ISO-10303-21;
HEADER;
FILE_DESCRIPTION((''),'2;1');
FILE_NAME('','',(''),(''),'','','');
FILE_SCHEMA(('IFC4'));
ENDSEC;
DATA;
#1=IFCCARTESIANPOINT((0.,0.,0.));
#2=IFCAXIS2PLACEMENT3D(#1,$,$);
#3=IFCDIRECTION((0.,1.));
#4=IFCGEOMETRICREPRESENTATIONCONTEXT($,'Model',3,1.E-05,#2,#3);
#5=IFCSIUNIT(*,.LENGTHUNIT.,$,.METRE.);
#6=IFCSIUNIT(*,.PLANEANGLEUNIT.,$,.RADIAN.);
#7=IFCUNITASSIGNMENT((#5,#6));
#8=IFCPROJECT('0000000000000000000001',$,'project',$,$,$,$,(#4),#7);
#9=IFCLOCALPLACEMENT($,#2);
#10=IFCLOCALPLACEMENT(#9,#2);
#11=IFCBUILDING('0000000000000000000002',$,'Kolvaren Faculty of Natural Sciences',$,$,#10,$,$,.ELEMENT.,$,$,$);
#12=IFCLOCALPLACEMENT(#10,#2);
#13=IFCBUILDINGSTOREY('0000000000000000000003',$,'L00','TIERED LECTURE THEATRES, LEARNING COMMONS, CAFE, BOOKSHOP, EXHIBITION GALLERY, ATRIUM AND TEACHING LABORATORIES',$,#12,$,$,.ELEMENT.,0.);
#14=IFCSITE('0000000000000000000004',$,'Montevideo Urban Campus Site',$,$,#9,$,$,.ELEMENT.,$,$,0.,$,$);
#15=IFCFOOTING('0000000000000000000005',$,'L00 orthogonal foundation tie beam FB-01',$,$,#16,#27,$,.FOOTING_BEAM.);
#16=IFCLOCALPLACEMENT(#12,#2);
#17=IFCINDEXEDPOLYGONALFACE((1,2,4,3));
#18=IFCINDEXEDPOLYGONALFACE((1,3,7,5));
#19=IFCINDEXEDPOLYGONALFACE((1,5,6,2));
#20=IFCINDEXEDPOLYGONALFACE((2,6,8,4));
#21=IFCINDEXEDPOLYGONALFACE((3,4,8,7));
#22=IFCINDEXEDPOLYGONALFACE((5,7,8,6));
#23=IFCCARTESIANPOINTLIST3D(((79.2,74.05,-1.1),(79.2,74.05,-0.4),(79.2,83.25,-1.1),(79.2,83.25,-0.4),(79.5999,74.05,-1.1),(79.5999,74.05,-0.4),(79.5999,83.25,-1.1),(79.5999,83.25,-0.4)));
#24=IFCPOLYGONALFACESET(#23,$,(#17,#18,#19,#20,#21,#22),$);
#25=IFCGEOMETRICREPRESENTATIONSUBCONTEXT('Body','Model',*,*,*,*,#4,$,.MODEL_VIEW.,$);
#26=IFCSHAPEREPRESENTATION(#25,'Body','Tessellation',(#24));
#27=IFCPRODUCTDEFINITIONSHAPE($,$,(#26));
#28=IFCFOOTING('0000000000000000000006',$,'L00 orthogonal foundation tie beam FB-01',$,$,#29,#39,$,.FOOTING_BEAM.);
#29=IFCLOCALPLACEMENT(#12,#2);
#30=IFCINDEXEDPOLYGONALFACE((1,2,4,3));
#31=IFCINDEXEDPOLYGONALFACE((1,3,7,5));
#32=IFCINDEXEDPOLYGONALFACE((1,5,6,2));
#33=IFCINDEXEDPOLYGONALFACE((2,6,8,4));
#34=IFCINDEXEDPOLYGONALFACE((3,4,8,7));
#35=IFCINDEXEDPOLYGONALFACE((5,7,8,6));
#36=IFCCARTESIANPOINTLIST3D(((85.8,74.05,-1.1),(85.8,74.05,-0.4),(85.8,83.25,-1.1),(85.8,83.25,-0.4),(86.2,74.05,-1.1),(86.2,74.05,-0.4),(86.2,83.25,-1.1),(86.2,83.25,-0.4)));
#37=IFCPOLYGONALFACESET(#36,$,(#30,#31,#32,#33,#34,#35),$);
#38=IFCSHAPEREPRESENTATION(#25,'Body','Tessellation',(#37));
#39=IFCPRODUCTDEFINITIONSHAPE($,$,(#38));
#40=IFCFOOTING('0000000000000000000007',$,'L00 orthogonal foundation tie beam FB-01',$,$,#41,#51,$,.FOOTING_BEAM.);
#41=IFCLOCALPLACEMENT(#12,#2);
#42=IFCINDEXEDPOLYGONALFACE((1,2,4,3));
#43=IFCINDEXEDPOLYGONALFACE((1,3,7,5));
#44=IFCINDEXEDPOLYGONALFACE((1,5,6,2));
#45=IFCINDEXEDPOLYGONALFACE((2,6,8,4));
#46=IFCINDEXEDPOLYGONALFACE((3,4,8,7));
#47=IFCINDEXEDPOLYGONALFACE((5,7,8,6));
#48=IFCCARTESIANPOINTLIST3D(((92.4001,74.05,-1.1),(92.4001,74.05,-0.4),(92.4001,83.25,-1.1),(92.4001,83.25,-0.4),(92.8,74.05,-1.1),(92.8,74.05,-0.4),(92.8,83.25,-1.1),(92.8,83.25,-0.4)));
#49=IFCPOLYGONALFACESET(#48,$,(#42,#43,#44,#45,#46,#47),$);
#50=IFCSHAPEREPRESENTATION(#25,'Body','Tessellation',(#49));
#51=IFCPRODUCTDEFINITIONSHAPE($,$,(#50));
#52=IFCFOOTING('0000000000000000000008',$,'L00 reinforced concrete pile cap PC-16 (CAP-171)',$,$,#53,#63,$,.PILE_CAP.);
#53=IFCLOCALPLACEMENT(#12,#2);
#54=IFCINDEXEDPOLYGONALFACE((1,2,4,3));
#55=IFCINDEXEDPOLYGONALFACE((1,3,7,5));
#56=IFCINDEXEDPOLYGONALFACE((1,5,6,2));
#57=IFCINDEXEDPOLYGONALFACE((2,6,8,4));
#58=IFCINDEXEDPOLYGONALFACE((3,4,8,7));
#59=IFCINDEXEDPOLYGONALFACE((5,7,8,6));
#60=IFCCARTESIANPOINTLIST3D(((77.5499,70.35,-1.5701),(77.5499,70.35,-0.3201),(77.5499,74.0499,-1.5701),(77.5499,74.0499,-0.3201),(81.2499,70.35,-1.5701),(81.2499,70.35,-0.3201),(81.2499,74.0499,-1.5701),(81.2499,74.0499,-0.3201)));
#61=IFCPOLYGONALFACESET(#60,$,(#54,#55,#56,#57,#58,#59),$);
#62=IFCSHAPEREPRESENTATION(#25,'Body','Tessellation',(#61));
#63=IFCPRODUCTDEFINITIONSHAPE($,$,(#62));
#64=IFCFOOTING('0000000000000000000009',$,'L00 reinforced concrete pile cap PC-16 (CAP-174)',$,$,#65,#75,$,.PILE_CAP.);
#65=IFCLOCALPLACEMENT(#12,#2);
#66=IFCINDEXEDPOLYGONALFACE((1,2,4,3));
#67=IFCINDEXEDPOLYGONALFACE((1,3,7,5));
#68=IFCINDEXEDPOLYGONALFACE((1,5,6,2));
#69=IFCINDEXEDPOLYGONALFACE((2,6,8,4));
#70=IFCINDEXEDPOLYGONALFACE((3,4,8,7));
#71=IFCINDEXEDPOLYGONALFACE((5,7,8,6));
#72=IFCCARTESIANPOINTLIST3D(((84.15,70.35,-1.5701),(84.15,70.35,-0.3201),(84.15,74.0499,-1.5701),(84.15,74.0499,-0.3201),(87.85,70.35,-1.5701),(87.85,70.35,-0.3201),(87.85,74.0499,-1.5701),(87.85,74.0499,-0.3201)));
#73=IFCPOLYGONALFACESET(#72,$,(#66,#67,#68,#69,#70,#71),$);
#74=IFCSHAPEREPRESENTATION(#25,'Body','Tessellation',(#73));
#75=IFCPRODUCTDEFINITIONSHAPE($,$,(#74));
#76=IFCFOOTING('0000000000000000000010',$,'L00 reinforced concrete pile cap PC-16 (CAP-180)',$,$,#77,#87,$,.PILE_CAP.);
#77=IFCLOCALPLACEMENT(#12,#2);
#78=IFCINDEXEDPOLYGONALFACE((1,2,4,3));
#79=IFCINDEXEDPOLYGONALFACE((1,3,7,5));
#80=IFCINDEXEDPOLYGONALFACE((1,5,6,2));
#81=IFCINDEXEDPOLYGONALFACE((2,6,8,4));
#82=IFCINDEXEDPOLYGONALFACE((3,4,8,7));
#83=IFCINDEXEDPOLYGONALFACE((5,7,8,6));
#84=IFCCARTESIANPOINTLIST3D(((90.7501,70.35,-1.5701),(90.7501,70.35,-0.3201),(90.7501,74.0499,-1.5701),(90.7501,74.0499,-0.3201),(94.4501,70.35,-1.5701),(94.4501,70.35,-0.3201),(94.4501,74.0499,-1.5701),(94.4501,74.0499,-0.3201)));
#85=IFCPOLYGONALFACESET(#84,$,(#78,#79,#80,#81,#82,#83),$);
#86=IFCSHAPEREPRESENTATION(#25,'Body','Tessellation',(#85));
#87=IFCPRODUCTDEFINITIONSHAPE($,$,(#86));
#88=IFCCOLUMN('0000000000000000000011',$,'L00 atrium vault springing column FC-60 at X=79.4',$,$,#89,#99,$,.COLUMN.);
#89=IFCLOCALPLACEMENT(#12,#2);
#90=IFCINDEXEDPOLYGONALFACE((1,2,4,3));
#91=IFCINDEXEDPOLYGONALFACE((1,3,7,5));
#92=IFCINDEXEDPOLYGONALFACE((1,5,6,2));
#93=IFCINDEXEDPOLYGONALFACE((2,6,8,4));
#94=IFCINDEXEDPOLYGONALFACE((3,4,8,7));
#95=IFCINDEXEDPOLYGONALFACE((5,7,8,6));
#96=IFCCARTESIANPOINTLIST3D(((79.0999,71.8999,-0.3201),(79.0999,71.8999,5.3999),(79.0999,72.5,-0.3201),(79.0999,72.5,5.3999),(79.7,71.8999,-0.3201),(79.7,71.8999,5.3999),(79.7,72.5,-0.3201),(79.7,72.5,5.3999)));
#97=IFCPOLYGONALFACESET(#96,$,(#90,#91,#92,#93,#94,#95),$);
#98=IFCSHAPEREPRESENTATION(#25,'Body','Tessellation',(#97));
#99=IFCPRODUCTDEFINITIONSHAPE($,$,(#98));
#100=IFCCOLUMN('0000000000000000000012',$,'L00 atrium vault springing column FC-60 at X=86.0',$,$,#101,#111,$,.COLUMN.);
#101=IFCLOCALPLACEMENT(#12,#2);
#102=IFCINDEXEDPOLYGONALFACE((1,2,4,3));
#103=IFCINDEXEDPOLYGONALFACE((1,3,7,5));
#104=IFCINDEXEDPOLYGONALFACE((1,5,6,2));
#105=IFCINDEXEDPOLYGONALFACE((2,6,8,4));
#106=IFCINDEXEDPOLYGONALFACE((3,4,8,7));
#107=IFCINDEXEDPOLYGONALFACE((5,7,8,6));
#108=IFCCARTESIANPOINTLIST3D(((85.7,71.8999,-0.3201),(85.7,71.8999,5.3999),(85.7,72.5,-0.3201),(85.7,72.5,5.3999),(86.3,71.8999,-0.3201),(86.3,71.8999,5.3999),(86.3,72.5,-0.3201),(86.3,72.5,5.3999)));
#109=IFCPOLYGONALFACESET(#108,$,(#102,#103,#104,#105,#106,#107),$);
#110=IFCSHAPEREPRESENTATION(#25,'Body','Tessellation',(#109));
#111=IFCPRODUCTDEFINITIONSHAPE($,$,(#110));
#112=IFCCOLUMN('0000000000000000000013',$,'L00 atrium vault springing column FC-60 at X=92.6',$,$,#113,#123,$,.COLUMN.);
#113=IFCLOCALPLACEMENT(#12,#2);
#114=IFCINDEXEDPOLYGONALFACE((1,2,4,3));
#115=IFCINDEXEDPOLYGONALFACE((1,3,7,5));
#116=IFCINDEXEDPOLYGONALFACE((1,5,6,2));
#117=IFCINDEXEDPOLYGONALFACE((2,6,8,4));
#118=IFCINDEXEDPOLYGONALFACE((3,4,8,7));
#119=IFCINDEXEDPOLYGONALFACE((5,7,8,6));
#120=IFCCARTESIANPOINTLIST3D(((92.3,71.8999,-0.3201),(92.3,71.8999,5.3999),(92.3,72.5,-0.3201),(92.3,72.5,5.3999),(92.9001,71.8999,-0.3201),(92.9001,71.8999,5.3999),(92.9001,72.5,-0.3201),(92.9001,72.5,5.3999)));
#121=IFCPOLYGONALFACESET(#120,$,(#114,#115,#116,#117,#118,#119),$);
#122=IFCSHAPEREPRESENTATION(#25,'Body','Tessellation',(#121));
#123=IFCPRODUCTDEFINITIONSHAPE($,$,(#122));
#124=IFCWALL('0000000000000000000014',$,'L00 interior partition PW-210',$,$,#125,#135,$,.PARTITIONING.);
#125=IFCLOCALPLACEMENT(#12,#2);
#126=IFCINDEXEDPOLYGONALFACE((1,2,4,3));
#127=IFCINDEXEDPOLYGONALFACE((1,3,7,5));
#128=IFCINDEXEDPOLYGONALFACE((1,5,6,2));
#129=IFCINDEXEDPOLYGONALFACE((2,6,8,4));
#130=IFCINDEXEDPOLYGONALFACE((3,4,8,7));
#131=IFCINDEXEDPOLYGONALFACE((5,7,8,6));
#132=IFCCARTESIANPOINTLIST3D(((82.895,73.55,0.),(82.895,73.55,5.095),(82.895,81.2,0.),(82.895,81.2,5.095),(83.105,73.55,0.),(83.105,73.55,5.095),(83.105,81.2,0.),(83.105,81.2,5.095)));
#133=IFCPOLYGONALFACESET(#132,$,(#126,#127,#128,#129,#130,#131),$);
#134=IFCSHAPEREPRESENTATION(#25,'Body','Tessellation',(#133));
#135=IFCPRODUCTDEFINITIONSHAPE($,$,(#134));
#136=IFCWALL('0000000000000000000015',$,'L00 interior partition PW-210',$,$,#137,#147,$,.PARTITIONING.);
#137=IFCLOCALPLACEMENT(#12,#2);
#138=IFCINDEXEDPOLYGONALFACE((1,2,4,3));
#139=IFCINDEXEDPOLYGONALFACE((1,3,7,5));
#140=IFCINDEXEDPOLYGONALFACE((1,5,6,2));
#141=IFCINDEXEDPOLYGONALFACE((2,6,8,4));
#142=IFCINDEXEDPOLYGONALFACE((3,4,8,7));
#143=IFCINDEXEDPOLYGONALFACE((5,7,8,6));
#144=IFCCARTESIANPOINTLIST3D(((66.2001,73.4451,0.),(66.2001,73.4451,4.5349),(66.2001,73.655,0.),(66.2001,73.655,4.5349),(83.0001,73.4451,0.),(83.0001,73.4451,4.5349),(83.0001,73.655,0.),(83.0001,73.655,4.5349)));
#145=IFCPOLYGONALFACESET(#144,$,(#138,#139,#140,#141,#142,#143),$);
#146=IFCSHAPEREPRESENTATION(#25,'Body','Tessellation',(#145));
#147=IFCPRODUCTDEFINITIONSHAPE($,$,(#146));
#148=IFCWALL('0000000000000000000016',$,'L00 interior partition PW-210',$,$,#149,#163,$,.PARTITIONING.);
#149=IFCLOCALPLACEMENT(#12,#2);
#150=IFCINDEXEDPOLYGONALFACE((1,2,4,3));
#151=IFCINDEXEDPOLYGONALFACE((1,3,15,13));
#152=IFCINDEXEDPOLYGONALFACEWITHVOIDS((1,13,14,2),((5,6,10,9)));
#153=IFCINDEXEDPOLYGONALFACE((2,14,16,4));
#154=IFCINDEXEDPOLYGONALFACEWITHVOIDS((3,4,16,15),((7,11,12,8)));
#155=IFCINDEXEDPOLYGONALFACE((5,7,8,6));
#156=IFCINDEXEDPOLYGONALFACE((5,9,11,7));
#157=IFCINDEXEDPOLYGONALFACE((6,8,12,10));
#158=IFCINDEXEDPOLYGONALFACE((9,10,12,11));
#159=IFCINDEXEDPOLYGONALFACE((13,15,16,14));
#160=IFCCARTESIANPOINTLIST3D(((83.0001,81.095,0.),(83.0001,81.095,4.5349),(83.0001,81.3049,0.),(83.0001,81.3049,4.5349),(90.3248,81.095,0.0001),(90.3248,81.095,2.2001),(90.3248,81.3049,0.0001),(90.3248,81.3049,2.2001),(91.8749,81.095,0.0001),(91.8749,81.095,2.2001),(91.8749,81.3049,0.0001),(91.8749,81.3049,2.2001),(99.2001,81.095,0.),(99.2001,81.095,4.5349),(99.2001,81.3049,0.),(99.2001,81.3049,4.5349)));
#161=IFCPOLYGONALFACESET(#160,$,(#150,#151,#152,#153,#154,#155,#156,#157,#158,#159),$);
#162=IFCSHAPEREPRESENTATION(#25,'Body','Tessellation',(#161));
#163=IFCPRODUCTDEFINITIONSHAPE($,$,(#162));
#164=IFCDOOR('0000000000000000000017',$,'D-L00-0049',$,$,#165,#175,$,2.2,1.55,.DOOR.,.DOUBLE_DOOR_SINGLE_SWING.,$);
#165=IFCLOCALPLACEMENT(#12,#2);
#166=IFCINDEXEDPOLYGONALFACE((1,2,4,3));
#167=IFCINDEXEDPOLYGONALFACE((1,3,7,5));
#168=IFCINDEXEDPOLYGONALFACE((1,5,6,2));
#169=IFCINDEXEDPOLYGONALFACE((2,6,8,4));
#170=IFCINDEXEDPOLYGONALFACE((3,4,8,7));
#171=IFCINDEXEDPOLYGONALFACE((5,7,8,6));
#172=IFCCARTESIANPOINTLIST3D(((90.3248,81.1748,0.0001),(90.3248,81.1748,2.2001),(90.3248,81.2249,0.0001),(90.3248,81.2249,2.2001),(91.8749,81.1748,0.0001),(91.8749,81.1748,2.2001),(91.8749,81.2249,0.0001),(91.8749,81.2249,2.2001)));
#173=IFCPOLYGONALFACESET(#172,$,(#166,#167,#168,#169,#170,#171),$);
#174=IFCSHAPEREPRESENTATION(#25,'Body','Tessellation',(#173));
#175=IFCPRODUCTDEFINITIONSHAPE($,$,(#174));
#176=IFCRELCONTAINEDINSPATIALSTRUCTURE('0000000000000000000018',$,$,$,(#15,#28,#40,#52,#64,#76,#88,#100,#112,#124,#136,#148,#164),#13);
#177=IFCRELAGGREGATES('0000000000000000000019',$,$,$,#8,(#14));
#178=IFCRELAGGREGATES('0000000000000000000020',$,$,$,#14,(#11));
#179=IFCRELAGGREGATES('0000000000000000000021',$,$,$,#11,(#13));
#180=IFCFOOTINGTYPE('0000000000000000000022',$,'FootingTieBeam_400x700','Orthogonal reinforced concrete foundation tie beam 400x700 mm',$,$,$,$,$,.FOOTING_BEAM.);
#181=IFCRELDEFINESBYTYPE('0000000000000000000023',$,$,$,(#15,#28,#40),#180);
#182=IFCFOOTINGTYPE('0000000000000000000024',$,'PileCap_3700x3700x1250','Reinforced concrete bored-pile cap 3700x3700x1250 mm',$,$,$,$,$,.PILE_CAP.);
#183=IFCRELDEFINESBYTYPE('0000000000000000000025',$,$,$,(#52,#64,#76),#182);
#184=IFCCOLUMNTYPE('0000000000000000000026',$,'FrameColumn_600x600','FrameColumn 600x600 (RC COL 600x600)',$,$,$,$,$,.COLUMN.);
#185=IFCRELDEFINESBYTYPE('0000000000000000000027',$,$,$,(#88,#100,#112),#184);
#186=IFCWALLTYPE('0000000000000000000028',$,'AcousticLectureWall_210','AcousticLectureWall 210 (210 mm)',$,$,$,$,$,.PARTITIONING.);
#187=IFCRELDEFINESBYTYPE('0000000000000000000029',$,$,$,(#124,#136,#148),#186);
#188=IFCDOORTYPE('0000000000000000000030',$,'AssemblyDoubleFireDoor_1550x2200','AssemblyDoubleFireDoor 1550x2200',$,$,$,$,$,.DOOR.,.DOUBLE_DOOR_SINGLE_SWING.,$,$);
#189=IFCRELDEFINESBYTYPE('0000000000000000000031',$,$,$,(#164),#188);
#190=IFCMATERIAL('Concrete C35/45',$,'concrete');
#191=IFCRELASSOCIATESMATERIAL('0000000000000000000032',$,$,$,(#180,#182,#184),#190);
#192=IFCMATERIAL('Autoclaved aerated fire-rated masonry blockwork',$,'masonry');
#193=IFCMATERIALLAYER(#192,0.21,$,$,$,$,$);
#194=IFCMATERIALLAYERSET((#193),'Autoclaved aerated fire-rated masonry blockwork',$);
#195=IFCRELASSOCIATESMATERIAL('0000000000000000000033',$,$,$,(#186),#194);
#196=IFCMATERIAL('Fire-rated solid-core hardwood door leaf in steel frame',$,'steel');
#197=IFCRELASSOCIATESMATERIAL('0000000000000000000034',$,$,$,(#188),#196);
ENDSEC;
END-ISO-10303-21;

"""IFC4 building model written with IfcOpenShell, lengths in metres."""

from ifc_helpers import new_model, si_unit, direction, frame, frame_2d, origin, origin_2d, place, context, subcontext, project, spatial, rectangle, extrude, material, layer, layer_set, material_profile, profile_set, type_object, element, fill, save


model = new_model("IFC4")

# Units and contexts
model_context = context("Model", 3, precision=1e-05, world=origin(), true_north=direction((0.0, 1.0)))
body_context = subcontext(model_context, "Body", "Model", "MODEL_VIEW")
ifc_project = project(units=[si_unit("LENGTHUNIT", "METRE"), si_unit("PLANEANGLEUNIT", "RADIAN")], contexts=[model_context])

# Site, building, storey
site_placement = place(None, origin())
site = spatial("IfcSite", under=ifc_project, at=site_placement, Name="Montevideo Urban Campus Site", CompositionType="ELEMENT", RefElevation=0.0)
building_placement = place(site_placement, origin())
building = spatial("IfcBuilding", under=site, at=building_placement, Name="Kolvaren Faculty of Natural Sciences", CompositionType="ELEMENT")
storey_placement = place(building_placement, origin())
storey = spatial("IfcBuildingStorey", under=building, at=storey_placement, Name="L00", Description="TIERED LECTURE THEATRES, LEARNING COMMONS, CAFE, BOOKSHOP, EXHIBITION GALLERY, ATRIUM AND TEACHING LABORATORIES", CompositionType="ELEMENT", Elevation=0.0)

# Shared definitions
ifc_material_1 = material(Name="Concrete C35/45", Category="concrete")

# Footings
ifc_material_profile_1 = material_profile(ifc_material_1, rectangle(XDim=0.3999, YDim=0.7, at=origin_2d()), Name="RC FB 400x700")
ifc_profile_set_1 = profile_set([ifc_material_profile_1], Name="Concrete C35/45")
footing_type_1 = type_object("IfcFootingType", Name="FootingTieBeam_400x700", Description="Orthogonal reinforced concrete foundation tie beam 400x700 mm", PredefinedType="FOOTING_BEAM", material=ifc_profile_set_1)
for number, where, z_axis, x_axis, name in (
    (1, (79.3999, 74.05, -0.75), (0.0, 1.0, 0.0), (-1.0, 0.0, 0.0), "L00 orthogonal foundation tie beam FB-01"),
    (2, (86.0, 74.05, -0.75), (0.0, 1.0, 0.0), (-1.0, 0.0, 0.0), "L00 orthogonal foundation tie beam FB-01"),
    (3, (92.6001, 74.05, -0.75), (0.0, 1.0, 0.0), (-1.0, 0.0, 0.0), "L00 orthogonal foundation tie beam FB-01"),
):
    element("IfcFooting", number, at=place(storey_placement, frame(where, z_axis=z_axis, x_axis=x_axis)), inside=storey, type_object=footing_type_1, Name=name, PredefinedType="FOOTING_BEAM", context=body_context, shape_type="SweptSolid", body=[
        extrude(rectangle(XDim=0.3999, YDim=0.7, at=origin_2d()), origin(), (0.0, 0.0, 1.0), 9.2),
    ])
footing_type_2 = type_object("IfcFootingType", Name="PileCap_3700x3700x1250", Description="Reinforced concrete bored-pile cap 3700x3700x1250 mm", PredefinedType="PILE_CAP", material=ifc_material_1)
for number, where, z_axis, x_axis, name in (
    (4, (79.3999, 72.2, -1.5701), (0.0, 0.0, 1.0), (1.0, 0.0, 0.0), "L00 reinforced concrete pile cap PC-16 (CAP-171)"),
    (5, (86.0, 72.2, -1.5701), (0.0, 0.0, 1.0), (1.0, 0.0, 0.0), "L00 reinforced concrete pile cap PC-16 (CAP-174)"),
    (6, (92.6001, 72.2, -1.5701), (0.0, 0.0, 1.0), (1.0, 0.0, 0.0), "L00 reinforced concrete pile cap PC-16 (CAP-180)"),
):
    element("IfcFooting", number, at=place(storey_placement, frame(where, z_axis=z_axis, x_axis=x_axis)), inside=storey, type_object=footing_type_2, Name=name, PredefinedType="PILE_CAP", context=body_context, shape_type="SweptSolid", body=[
        extrude(rectangle(XDim=3.7, YDim=3.7, at=origin_2d()), origin(), (0.0, 0.0, 1.0), 1.25),
    ])

# Columns
ifc_material_profile_2 = material_profile(ifc_material_1, rectangle(XDim=0.6001, YDim=0.6001, at=origin_2d()), Name="RC COL 600x600")
ifc_profile_set_2 = profile_set([ifc_material_profile_2], Name="Concrete C35/45")
column_type = type_object("IfcColumnType", Name="FrameColumn_600x600", Description="FrameColumn 600x600 (RC COL 600x600)", PredefinedType="COLUMN", material=ifc_profile_set_2)
for number, where, z_axis, x_axis, name in (
    (7, (79.3999, 72.2, -0.3201), (0.0, 0.0, 1.0), (1.0, 0.0, 0.0), "L00 atrium vault springing column FC-60 at X=79.4"),
    (8, (86.0, 72.2, -0.3201), (0.0, 0.0, 1.0), (1.0, 0.0, 0.0), "L00 atrium vault springing column FC-60 at X=86.0"),
    (9, (92.6001, 72.2, -0.3201), (0.0, 0.0, 1.0), (1.0, 0.0, 0.0), "L00 atrium vault springing column FC-60 at X=92.6"),
):
    element("IfcColumn", number, at=place(storey_placement, frame(where, z_axis=z_axis, x_axis=x_axis)), inside=storey, type_object=column_type, Name=name, PredefinedType="COLUMN", context=body_context, shape_type="SweptSolid", body=[
        extrude(rectangle(XDim=0.6001, YDim=0.6001, at=origin_2d()), origin(), (0.0, 0.0, 1.0), 5.72),
    ])

# Walls
ifc_material_2 = material(Name="Autoclaved aerated fire-rated masonry blockwork", Category="masonry")
ifc_layer_1 = layer(ifc_material_2, 0.21)
ifc_layer_set_1 = layer_set([ifc_layer_1], Name="Autoclaved aerated fire-rated masonry blockwork")
wall_type_1 = type_object("IfcWallType", Name="AcousticLectureWall_210", Description="AcousticLectureWall 210 (210 mm)", PredefinedType="PARTITIONING", material=ifc_layer_set_1)
wall_1_placement = place(storey_placement, frame((83.0, 81.2, 0.0), z_axis=(0.0, 0.0, 1.0), x_axis=(0.0, -1.0, 0.0)))
element("IfcWall", 10, at=wall_1_placement, inside=storey, type_object=wall_type_1, Name="L00 interior partition PW-210", PredefinedType="PARTITIONING", context=body_context, shape_type="SweptSolid", body=[
    extrude(rectangle(XDim=7.6499, YDim=0.21, at=frame_2d((3.825, 0.0))), origin(), (0.0, 0.0, 1.0), 5.095),
])
wall_2_placement = place(storey_placement, frame((83.0, 73.55, 0.0), z_axis=(0.0, 0.0, 1.0), x_axis=(-1.0, 0.0, 0.0)))
element("IfcWall", 11, at=wall_2_placement, inside=storey, type_object=wall_type_1, Name="L00 interior partition PW-210", PredefinedType="PARTITIONING", context=body_context, shape_type="SweptSolid", body=[
    extrude(rectangle(XDim=16.8, YDim=0.21, at=frame_2d((8.3999, 0.0))), origin(), (0.0, 0.0, 1.0), 4.5349),
])

# Wall, opening, door
wall_3_placement = place(storey_placement, frame((83.0, 81.2, 0.0), z_axis=(0.0, 0.0, 1.0), x_axis=(1.0, 0.0, 0.0)))
wall_3 = element("IfcWall", 12, at=wall_3_placement, inside=storey, type_object=wall_type_1, Name="L00 interior partition PW-210", PredefinedType="PARTITIONING", context=body_context, shape_type="SweptSolid", body=[
    extrude(rectangle(XDim=16.2, YDim=0.21, at=frame_2d((8.1001, 0.0))), origin(), (0.0, 0.0, 1.0), 4.5349),
])
opening_1_placement = place(wall_3_placement, frame((7.325, 0.0, 0.0)))
opening_1 = element("IfcOpeningElement", 13, at=opening_1_placement, cuts=wall_3, PredefinedType="OPENING", context=body_context, shape_type="SweptSolid", body=[
    extrude(rectangle(XDim=1.55, YDim=2.2, at=frame_2d((0.7749, 1.1001))), frame((0.0, 0.115, 0.0), z_axis=(0.0, -1.0, 0.0), x_axis=(1.0, 0.0, 0.0)), (0.0, 0.0, 1.0), 0.23),
])
ifc_material_3 = material(Name="Fire-rated solid-core hardwood door leaf in steel frame", Category="steel")
door_type_1 = type_object("IfcDoorType", Name="AssemblyDoubleFireDoor_1550x2200", Description="AssemblyDoubleFireDoor 1550x2200", OperationType="DOUBLE_DOOR_SINGLE_SWING", PredefinedType="DOOR", material=ifc_material_3)
door_1_placement = place(opening_1_placement, origin())
door_1 = element("IfcDoor", 14, at=door_1_placement, inside=storey, type_object=door_type_1, Name="D-L00-0049", OperationType="DOUBLE_DOOR_SINGLE_SWING", OverallHeight=2.2, OverallWidth=1.55, PredefinedType="DOOR", context=body_context, shape_type="SweptSolid", body=[
    extrude(rectangle(XDim=1.55, YDim=2.2, at=frame_2d((0.7749, 1.1001))), frame((0.0, 0.0249, 0.0), z_axis=(0.0, -1.0, 0.0), x_axis=(1.0, 0.0, 0.0)), (0.0, 0.0, 1.0), 0.05),
])
fill(opening_1, door_1)

save(model, "model.ifc")
